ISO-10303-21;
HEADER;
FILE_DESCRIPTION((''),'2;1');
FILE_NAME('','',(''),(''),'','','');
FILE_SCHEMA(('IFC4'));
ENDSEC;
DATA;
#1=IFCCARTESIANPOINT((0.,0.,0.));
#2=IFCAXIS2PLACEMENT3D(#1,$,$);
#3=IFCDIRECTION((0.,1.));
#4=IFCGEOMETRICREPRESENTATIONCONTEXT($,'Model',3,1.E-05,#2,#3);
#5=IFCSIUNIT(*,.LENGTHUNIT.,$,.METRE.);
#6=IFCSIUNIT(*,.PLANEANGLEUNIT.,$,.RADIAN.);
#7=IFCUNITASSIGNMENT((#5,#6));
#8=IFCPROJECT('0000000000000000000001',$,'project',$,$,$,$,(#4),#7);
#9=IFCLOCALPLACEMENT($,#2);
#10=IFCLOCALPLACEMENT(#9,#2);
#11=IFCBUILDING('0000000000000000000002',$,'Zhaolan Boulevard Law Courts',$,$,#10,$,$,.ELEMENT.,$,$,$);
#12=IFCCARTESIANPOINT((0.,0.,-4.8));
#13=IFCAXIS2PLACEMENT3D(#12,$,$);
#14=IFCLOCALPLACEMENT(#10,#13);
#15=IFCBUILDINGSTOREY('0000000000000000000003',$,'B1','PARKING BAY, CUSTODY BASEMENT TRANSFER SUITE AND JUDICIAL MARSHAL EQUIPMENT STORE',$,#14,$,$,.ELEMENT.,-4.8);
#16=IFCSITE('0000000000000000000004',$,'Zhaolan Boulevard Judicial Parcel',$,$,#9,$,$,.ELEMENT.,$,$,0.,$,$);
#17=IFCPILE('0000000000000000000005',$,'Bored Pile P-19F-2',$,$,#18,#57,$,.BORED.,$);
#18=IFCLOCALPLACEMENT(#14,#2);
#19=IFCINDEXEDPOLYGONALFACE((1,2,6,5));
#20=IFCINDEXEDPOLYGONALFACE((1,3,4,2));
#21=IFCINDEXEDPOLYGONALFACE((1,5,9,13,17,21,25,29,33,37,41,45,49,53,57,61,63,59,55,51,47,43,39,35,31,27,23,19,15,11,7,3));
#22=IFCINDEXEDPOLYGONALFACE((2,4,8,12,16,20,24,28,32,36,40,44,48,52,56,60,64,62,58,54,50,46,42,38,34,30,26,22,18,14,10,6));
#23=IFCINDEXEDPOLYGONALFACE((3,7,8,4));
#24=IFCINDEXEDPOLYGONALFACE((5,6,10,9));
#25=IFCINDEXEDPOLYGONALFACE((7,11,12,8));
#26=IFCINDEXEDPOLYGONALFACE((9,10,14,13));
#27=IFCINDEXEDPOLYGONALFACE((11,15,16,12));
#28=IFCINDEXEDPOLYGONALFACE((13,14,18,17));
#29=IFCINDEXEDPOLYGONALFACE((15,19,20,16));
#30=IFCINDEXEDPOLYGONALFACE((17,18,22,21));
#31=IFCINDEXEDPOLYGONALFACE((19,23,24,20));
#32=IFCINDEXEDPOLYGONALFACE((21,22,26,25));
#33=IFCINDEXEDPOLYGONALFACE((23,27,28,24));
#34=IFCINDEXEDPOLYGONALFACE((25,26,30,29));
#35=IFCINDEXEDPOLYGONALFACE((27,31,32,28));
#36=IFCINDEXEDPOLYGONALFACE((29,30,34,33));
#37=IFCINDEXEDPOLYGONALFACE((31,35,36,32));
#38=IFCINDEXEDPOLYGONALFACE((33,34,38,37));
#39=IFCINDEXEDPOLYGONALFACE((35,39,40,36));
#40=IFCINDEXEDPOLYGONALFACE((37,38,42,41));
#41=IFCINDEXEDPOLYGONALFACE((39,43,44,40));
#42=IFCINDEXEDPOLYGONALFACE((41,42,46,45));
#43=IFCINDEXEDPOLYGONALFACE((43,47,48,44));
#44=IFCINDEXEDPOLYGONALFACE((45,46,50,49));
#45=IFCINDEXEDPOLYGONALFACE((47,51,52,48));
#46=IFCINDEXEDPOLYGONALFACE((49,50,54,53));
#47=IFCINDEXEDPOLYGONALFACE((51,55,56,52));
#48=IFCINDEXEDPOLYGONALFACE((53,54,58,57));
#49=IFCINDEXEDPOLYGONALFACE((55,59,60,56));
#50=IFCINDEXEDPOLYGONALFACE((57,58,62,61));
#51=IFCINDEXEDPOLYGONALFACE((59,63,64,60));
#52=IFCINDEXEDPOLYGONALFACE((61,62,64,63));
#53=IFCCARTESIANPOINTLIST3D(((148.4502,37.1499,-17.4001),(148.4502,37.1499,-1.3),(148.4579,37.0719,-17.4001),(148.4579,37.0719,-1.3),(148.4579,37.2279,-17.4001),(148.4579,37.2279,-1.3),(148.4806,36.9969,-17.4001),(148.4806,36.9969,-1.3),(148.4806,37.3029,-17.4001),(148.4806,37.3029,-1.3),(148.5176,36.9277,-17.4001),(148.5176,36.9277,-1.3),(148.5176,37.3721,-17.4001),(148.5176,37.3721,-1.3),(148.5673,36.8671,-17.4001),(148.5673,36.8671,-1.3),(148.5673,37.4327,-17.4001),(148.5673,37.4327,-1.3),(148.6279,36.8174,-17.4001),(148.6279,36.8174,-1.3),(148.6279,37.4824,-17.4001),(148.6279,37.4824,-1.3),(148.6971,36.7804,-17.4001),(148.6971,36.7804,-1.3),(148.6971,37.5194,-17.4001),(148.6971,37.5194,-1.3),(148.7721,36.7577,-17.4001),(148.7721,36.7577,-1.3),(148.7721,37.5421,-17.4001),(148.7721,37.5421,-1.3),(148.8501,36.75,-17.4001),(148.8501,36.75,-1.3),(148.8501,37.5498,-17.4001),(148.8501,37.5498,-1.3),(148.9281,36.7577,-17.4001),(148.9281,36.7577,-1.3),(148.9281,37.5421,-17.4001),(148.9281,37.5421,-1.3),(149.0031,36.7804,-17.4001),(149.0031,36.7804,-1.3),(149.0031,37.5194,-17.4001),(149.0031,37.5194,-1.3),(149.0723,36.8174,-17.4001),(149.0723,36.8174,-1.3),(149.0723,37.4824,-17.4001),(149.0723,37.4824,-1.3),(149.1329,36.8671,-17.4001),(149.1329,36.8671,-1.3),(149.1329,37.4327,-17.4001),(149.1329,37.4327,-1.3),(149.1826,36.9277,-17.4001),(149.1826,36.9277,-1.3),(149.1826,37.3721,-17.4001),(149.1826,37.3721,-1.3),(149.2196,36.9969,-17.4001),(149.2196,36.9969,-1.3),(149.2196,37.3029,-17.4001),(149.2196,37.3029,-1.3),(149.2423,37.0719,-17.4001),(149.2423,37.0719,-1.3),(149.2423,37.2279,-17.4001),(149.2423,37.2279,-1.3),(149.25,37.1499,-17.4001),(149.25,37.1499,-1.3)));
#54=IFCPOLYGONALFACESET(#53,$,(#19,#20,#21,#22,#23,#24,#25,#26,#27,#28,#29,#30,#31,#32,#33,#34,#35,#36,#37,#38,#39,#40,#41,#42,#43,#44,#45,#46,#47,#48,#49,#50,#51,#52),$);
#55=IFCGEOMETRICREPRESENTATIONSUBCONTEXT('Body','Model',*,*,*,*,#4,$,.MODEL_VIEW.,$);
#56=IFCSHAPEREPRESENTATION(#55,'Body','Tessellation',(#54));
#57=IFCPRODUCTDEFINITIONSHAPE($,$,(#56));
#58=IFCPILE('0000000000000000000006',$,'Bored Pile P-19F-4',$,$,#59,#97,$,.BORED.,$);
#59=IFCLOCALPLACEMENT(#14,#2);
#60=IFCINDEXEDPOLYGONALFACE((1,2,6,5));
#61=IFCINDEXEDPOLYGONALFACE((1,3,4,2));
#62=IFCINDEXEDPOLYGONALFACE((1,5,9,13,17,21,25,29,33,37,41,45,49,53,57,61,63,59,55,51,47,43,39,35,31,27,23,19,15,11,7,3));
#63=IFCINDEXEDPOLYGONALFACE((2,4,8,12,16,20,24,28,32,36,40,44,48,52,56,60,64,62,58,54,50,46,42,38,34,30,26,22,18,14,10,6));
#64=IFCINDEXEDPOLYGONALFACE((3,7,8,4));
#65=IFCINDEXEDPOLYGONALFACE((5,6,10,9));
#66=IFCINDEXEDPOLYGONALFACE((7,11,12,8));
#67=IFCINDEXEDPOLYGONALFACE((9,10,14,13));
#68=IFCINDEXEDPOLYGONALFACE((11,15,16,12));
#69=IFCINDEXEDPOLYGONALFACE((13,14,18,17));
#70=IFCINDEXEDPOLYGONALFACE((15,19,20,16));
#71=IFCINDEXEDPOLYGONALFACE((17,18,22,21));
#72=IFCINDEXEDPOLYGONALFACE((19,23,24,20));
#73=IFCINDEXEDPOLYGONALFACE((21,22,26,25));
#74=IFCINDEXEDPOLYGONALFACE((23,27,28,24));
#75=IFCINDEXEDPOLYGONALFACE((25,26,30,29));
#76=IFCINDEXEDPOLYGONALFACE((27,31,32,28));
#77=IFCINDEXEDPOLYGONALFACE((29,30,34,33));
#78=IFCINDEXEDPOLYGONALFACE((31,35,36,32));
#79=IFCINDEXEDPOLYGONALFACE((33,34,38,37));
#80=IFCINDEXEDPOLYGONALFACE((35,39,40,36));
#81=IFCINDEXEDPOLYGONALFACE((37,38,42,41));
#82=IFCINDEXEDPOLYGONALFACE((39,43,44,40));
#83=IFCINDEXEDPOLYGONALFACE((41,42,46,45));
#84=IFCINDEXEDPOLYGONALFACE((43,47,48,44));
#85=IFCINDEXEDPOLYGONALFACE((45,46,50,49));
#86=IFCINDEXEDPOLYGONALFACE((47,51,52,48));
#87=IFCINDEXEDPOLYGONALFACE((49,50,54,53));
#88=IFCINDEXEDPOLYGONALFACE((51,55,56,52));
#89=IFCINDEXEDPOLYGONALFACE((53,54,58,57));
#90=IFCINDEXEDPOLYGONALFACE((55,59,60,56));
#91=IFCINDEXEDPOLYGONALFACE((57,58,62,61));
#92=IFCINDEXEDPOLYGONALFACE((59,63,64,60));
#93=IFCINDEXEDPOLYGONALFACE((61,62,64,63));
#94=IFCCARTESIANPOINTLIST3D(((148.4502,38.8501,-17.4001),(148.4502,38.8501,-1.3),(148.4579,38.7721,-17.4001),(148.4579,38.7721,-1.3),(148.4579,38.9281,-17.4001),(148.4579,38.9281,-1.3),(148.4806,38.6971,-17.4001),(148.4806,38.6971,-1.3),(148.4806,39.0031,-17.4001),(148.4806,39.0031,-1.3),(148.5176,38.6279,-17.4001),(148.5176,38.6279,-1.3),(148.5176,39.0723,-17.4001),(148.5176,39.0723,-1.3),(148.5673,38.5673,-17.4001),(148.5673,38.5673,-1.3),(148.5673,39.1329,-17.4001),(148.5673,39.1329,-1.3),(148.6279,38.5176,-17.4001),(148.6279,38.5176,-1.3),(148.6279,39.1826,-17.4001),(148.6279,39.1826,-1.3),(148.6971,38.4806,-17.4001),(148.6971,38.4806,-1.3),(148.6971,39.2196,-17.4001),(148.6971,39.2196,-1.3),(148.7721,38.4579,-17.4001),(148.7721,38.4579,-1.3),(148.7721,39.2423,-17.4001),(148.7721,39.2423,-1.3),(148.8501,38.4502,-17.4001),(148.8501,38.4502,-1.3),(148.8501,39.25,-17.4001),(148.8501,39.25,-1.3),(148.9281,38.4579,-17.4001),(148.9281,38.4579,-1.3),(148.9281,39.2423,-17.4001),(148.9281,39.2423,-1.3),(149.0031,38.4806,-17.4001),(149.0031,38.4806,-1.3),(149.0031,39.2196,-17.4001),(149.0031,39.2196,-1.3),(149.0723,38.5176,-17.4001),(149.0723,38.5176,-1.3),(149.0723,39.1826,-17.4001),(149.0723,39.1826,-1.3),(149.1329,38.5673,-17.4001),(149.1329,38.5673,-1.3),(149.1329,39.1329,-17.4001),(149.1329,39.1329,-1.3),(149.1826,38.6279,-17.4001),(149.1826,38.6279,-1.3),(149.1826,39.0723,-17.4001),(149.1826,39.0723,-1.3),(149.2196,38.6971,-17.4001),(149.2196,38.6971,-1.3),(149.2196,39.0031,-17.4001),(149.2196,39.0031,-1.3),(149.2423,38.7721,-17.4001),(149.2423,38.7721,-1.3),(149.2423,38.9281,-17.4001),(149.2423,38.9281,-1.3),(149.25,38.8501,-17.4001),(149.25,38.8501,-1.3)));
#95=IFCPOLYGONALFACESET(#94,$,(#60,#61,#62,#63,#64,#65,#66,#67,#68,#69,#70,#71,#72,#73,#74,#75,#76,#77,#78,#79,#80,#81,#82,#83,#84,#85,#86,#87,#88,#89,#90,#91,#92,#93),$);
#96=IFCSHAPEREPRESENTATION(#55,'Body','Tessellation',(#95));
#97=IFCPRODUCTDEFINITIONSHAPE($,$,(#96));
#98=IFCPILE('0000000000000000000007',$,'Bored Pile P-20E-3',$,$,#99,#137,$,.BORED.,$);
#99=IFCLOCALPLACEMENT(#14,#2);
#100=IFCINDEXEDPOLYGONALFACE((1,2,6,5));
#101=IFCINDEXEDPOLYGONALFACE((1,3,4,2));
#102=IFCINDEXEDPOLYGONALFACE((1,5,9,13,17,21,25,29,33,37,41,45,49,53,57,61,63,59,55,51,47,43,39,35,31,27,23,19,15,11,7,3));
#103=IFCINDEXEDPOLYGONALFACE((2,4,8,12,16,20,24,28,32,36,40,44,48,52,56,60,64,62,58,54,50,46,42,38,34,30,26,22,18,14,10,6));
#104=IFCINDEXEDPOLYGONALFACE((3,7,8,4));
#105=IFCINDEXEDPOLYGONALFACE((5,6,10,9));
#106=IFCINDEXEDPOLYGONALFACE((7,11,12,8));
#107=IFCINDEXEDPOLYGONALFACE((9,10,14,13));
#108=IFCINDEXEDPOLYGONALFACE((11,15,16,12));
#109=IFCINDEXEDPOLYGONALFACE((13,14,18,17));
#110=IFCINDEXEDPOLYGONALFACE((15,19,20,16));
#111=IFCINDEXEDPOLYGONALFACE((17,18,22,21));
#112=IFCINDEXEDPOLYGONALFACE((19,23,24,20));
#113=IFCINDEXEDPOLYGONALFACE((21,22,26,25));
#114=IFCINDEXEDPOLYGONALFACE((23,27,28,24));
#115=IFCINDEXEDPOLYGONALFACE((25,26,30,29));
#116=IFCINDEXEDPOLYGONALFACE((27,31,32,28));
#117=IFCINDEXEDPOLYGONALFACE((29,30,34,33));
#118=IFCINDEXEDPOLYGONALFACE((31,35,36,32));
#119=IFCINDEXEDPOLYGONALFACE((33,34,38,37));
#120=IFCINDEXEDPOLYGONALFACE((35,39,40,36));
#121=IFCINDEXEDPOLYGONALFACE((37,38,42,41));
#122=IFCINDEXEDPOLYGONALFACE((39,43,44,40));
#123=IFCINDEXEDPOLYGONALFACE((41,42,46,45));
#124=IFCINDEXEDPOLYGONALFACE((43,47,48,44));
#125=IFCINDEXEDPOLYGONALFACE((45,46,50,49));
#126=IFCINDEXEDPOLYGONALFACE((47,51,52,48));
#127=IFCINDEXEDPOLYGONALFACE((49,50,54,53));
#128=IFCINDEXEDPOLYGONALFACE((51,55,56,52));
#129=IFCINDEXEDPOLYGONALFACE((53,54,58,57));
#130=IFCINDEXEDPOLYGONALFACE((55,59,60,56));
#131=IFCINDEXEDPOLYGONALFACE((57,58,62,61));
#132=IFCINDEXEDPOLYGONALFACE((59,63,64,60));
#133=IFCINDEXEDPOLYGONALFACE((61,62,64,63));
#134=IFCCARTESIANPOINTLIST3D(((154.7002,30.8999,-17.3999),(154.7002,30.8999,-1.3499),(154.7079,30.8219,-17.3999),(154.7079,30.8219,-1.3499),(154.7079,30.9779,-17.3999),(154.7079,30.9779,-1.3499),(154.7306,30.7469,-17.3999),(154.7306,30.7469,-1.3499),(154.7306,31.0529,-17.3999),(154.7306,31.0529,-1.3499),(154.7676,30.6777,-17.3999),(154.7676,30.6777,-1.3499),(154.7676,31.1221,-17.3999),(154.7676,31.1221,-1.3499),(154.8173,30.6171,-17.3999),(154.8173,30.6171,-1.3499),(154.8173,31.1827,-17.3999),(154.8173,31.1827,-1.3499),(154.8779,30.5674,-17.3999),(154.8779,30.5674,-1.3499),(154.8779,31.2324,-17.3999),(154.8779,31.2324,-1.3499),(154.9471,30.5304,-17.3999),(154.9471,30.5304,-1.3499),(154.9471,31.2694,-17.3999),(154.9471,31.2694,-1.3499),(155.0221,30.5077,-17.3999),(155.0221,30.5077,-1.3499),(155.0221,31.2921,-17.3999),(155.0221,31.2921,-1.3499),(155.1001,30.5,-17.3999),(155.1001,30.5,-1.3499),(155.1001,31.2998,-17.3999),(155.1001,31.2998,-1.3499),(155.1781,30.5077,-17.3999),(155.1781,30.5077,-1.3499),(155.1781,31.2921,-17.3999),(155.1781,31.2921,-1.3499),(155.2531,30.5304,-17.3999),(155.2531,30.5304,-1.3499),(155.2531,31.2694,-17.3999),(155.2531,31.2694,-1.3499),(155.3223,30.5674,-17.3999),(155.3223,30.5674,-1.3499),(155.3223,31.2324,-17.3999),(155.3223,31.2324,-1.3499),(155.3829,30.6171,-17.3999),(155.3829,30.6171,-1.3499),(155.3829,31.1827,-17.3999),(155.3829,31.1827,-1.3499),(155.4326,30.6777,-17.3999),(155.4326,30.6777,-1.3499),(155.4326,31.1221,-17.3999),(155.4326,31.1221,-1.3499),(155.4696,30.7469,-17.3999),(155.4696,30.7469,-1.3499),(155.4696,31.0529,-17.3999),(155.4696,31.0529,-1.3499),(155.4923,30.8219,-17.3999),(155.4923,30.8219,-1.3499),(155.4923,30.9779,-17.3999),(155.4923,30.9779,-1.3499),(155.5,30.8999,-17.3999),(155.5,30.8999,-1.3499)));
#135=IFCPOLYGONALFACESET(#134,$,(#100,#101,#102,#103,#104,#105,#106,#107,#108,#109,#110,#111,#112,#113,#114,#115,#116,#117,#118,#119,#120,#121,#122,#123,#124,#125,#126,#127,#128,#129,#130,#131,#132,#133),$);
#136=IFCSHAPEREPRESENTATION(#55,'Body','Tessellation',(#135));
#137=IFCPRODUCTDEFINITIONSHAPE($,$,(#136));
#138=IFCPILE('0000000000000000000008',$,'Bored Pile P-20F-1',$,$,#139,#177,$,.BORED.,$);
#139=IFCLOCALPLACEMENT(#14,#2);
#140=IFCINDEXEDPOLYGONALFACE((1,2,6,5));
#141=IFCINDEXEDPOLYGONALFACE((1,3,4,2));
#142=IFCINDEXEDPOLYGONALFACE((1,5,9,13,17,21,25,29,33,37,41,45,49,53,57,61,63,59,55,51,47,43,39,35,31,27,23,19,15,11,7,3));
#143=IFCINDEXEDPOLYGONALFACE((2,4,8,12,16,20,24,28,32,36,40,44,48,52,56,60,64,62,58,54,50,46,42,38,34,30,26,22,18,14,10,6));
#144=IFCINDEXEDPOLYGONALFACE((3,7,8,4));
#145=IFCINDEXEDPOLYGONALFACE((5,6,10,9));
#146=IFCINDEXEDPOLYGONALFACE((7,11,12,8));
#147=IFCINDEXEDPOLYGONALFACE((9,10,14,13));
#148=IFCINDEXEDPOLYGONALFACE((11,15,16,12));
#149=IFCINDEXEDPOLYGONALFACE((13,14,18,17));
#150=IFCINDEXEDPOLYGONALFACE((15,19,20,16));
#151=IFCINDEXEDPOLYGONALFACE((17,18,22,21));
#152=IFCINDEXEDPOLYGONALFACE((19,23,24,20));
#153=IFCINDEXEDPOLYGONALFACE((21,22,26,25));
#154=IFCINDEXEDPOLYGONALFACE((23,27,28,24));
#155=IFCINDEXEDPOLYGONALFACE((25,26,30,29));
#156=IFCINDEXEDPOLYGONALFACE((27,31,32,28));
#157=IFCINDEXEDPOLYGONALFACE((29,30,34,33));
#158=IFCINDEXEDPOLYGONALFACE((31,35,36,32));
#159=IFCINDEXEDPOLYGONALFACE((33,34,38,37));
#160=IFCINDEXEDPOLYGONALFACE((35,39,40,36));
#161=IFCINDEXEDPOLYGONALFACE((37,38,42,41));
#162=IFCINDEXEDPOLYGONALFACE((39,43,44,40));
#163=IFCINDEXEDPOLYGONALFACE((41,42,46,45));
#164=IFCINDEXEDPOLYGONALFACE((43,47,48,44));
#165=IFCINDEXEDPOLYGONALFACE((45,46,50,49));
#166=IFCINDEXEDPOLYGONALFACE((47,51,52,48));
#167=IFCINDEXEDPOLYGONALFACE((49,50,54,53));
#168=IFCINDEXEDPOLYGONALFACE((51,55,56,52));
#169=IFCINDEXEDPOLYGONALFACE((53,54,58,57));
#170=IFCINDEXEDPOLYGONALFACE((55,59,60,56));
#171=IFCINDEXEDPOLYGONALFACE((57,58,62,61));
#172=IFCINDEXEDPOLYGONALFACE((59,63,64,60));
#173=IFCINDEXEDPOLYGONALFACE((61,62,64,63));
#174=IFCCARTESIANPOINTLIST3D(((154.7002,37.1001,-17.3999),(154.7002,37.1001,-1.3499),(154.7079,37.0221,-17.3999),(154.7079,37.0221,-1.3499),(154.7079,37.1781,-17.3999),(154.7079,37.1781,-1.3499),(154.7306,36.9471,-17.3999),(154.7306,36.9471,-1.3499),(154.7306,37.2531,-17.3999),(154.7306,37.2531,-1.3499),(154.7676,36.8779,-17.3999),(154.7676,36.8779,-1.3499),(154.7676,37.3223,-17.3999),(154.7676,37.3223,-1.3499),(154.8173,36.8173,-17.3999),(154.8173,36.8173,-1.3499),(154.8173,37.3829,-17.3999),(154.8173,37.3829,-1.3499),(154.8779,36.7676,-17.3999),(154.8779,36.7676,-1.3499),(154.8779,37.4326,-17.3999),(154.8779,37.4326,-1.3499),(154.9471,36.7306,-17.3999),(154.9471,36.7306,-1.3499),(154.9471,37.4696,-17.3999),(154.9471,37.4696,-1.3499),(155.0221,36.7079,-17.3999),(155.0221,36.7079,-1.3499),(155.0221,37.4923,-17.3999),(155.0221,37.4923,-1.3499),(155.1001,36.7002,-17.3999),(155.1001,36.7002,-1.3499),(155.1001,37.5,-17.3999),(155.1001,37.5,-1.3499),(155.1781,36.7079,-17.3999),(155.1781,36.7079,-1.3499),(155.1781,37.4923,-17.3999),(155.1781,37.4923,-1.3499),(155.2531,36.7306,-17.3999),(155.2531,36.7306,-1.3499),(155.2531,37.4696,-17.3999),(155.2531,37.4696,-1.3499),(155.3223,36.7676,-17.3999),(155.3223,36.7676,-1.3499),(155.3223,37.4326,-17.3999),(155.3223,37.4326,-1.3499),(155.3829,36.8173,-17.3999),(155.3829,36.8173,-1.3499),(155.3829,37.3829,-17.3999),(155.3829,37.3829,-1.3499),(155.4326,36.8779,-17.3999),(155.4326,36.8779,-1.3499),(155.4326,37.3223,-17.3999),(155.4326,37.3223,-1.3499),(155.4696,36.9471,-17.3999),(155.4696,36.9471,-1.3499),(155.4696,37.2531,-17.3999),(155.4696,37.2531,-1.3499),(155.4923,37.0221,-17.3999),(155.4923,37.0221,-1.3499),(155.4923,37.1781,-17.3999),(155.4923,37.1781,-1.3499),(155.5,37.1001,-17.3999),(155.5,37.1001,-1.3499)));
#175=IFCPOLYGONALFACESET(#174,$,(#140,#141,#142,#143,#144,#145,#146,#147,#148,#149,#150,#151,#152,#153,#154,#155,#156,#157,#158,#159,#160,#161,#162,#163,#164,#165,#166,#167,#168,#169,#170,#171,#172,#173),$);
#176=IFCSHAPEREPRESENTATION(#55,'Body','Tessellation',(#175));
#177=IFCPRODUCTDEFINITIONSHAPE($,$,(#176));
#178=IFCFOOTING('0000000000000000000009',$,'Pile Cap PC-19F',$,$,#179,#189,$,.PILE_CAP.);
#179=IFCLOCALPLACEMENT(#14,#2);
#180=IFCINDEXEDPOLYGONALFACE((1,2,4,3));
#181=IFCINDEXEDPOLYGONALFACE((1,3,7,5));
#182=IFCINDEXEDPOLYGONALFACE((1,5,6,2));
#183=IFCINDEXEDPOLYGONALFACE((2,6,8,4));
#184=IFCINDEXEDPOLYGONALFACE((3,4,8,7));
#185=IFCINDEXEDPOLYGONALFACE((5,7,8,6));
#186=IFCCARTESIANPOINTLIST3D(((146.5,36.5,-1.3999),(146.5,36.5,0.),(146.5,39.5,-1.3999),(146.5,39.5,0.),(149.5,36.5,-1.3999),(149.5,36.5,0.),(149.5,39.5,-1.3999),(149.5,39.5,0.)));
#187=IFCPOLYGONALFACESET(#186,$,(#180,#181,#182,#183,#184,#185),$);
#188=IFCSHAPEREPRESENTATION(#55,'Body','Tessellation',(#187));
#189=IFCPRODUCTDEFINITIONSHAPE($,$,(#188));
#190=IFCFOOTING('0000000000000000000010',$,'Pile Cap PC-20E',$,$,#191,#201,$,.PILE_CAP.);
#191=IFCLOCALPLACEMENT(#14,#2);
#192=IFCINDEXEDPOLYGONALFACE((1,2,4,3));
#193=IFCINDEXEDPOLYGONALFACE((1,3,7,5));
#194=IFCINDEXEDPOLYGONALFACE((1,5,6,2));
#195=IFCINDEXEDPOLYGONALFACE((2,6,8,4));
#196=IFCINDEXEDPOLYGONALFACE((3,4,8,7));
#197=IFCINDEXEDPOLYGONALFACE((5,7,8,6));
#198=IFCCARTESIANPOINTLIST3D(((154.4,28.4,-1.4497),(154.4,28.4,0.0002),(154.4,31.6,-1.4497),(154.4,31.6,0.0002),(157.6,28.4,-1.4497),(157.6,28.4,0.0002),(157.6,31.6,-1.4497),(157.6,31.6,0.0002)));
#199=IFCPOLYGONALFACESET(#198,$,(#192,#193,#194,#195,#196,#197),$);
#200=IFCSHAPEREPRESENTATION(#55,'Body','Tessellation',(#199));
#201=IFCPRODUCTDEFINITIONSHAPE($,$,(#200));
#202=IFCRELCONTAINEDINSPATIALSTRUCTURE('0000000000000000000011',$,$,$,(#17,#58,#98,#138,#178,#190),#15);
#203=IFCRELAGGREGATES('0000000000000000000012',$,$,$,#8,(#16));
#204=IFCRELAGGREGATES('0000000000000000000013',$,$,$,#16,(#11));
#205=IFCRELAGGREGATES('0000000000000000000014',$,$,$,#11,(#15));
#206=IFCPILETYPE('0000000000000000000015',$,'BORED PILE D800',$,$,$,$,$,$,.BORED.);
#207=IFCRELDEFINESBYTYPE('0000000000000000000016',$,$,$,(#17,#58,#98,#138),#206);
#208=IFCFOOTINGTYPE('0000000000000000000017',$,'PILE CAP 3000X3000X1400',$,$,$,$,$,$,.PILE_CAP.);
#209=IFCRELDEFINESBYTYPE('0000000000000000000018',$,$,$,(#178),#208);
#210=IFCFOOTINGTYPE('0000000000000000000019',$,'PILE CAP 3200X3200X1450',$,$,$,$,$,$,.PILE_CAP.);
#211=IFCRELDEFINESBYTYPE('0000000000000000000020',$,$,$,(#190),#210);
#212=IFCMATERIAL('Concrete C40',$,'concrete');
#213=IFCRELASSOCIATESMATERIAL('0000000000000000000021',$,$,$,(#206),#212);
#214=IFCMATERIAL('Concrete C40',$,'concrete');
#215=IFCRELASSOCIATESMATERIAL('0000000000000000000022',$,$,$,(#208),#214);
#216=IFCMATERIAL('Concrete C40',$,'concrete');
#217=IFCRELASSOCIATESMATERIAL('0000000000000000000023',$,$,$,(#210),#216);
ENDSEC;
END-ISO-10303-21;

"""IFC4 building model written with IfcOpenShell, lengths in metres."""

from ifc_helpers import new_model, si_unit, direction, frame, origin, origin_2d, place, context, subcontext, project, spatial, rectangle, circle, extrude, material, material_profile, profile_set, type_object, element, save


model = new_model("IFC4")

# Units and contexts
model_context = context("Model", 3, precision=1e-05, world=origin(), true_north=direction((0.0, 1.0)))
body_context = subcontext(model_context, "Body", "Model", "MODEL_VIEW")
ifc_project = project(units=[si_unit("LENGTHUNIT", "METRE"), si_unit("PLANEANGLEUNIT", "RADIAN")], contexts=[model_context])

# Site, building, storey
site_placement = place(None, origin())
site = spatial("IfcSite", under=ifc_project, at=site_placement, Name="Zhaolan Boulevard Judicial Parcel", CompositionType="ELEMENT", RefElevation=0.0)
building_placement = place(site_placement, origin())
building = spatial("IfcBuilding", under=site, at=building_placement, Name="Zhaolan Boulevard Law Courts", CompositionType="ELEMENT")
storey_placement = place(building_placement, frame((0.0, 0.0, -4.8)))
storey = spatial("IfcBuildingStorey", under=building, at=storey_placement, Name="B1", Description="PARKING BAY, CUSTODY BASEMENT TRANSFER SUITE AND JUDICIAL MARSHAL EQUIPMENT STORE", CompositionType="ELEMENT", Elevation=-4.8)

# Piles
ifc_material_1 = material(Name="Concrete C40", Category="concrete")
ifc_material_profile_1 = material_profile(ifc_material_1, circle(Radius=0.3999, at=origin_2d()), Name="PILE-D800")
ifc_profile_set_1 = profile_set([ifc_material_profile_1], Name="Concrete C40")
pile_type = type_object("IfcPileType", Name="BORED PILE D800", PredefinedType="BORED", material=ifc_profile_set_1)
for number, where, z_axis, x_axis, name in (
    (1, (148.8501, 37.1499, -1.3), (0.0, 0.0, -1.0), (1.0, 0.0, 0.0), "Bored Pile P-19F-2"),
    (2, (148.8501, 38.8501, -1.3), (0.0, 0.0, -1.0), (1.0, 0.0, 0.0), "Bored Pile P-19F-4"),
):
    element("IfcPile", number, at=place(storey_placement, frame(where, z_axis=z_axis, x_axis=x_axis)), inside=storey, type_object=pile_type, Name=name, PredefinedType="BORED", context=body_context, shape_type="SweptSolid", body=[
        extrude(circle(Radius=0.3999, at=origin_2d()), origin(), (0.0, 0.0, 1.0), 16.1001),
    ])
for number, where, z_axis, x_axis, name in (
    (3, (155.1001, 30.8999, -1.3499), (0.0, 0.0, -1.0), (1.0, 0.0, 0.0), "Bored Pile P-20E-3"),
    (4, (155.1001, 37.1001, -1.3499), (0.0, 0.0, -1.0), (1.0, 0.0, 0.0), "Bored Pile P-20F-1"),
):
    element("IfcPile", number, at=place(storey_placement, frame(where, z_axis=z_axis, x_axis=x_axis)), inside=storey, type_object=pile_type, Name=name, PredefinedType="BORED", context=body_context, shape_type="SweptSolid", body=[
        extrude(circle(Radius=0.3999, at=origin_2d()), origin(), (0.0, 0.0, 1.0), 16.05),
    ])

# Footings
ifc_material_2 = material(Name="Concrete C40", Category="concrete")
footing_type_1 = type_object("IfcFootingType", Name="PILE CAP 3000X3000X1400", PredefinedType="PILE_CAP", material=ifc_material_2)
footing_1_placement = place(storey_placement, frame((148.0, 38.0, -1.3999), z_axis=(0.0, 0.0, 1.0), x_axis=(1.0, 0.0, 0.0)))
element("IfcFooting", 5, at=footing_1_placement, inside=storey, type_object=footing_type_1, Name="Pile Cap PC-19F", PredefinedType="PILE_CAP", context=body_context, shape_type="SweptSolid", body=[
    extrude(rectangle(XDim=3.0, YDim=3.0, at=origin_2d()), origin(), (0.0, 0.0, 1.0), 1.3999),
])
ifc_material_3 = material(Name="Concrete C40", Category="concrete")
footing_type_2 = type_object("IfcFootingType", Name="PILE CAP 3200X3200X1450", PredefinedType="PILE_CAP", material=ifc_material_3)
for number, where, z_axis, x_axis, name in (
    (6, (156.0, 30.0, -1.4497), (0.0, 0.0, 1.0), (1.0, 0.0, 0.0), "Pile Cap PC-20E"),
):
    element("IfcFooting", number, at=place(storey_placement, frame(where, z_axis=z_axis, x_axis=x_axis)), inside=storey, type_object=footing_type_2, Name=name, PredefinedType="PILE_CAP", context=body_context, shape_type="SweptSolid", body=[
        extrude(rectangle(XDim=3.2, YDim=3.2, at=origin_2d()), origin(), (0.0, 0.0, 1.0), 1.45),
    ])

save(model, "model.ifc")
